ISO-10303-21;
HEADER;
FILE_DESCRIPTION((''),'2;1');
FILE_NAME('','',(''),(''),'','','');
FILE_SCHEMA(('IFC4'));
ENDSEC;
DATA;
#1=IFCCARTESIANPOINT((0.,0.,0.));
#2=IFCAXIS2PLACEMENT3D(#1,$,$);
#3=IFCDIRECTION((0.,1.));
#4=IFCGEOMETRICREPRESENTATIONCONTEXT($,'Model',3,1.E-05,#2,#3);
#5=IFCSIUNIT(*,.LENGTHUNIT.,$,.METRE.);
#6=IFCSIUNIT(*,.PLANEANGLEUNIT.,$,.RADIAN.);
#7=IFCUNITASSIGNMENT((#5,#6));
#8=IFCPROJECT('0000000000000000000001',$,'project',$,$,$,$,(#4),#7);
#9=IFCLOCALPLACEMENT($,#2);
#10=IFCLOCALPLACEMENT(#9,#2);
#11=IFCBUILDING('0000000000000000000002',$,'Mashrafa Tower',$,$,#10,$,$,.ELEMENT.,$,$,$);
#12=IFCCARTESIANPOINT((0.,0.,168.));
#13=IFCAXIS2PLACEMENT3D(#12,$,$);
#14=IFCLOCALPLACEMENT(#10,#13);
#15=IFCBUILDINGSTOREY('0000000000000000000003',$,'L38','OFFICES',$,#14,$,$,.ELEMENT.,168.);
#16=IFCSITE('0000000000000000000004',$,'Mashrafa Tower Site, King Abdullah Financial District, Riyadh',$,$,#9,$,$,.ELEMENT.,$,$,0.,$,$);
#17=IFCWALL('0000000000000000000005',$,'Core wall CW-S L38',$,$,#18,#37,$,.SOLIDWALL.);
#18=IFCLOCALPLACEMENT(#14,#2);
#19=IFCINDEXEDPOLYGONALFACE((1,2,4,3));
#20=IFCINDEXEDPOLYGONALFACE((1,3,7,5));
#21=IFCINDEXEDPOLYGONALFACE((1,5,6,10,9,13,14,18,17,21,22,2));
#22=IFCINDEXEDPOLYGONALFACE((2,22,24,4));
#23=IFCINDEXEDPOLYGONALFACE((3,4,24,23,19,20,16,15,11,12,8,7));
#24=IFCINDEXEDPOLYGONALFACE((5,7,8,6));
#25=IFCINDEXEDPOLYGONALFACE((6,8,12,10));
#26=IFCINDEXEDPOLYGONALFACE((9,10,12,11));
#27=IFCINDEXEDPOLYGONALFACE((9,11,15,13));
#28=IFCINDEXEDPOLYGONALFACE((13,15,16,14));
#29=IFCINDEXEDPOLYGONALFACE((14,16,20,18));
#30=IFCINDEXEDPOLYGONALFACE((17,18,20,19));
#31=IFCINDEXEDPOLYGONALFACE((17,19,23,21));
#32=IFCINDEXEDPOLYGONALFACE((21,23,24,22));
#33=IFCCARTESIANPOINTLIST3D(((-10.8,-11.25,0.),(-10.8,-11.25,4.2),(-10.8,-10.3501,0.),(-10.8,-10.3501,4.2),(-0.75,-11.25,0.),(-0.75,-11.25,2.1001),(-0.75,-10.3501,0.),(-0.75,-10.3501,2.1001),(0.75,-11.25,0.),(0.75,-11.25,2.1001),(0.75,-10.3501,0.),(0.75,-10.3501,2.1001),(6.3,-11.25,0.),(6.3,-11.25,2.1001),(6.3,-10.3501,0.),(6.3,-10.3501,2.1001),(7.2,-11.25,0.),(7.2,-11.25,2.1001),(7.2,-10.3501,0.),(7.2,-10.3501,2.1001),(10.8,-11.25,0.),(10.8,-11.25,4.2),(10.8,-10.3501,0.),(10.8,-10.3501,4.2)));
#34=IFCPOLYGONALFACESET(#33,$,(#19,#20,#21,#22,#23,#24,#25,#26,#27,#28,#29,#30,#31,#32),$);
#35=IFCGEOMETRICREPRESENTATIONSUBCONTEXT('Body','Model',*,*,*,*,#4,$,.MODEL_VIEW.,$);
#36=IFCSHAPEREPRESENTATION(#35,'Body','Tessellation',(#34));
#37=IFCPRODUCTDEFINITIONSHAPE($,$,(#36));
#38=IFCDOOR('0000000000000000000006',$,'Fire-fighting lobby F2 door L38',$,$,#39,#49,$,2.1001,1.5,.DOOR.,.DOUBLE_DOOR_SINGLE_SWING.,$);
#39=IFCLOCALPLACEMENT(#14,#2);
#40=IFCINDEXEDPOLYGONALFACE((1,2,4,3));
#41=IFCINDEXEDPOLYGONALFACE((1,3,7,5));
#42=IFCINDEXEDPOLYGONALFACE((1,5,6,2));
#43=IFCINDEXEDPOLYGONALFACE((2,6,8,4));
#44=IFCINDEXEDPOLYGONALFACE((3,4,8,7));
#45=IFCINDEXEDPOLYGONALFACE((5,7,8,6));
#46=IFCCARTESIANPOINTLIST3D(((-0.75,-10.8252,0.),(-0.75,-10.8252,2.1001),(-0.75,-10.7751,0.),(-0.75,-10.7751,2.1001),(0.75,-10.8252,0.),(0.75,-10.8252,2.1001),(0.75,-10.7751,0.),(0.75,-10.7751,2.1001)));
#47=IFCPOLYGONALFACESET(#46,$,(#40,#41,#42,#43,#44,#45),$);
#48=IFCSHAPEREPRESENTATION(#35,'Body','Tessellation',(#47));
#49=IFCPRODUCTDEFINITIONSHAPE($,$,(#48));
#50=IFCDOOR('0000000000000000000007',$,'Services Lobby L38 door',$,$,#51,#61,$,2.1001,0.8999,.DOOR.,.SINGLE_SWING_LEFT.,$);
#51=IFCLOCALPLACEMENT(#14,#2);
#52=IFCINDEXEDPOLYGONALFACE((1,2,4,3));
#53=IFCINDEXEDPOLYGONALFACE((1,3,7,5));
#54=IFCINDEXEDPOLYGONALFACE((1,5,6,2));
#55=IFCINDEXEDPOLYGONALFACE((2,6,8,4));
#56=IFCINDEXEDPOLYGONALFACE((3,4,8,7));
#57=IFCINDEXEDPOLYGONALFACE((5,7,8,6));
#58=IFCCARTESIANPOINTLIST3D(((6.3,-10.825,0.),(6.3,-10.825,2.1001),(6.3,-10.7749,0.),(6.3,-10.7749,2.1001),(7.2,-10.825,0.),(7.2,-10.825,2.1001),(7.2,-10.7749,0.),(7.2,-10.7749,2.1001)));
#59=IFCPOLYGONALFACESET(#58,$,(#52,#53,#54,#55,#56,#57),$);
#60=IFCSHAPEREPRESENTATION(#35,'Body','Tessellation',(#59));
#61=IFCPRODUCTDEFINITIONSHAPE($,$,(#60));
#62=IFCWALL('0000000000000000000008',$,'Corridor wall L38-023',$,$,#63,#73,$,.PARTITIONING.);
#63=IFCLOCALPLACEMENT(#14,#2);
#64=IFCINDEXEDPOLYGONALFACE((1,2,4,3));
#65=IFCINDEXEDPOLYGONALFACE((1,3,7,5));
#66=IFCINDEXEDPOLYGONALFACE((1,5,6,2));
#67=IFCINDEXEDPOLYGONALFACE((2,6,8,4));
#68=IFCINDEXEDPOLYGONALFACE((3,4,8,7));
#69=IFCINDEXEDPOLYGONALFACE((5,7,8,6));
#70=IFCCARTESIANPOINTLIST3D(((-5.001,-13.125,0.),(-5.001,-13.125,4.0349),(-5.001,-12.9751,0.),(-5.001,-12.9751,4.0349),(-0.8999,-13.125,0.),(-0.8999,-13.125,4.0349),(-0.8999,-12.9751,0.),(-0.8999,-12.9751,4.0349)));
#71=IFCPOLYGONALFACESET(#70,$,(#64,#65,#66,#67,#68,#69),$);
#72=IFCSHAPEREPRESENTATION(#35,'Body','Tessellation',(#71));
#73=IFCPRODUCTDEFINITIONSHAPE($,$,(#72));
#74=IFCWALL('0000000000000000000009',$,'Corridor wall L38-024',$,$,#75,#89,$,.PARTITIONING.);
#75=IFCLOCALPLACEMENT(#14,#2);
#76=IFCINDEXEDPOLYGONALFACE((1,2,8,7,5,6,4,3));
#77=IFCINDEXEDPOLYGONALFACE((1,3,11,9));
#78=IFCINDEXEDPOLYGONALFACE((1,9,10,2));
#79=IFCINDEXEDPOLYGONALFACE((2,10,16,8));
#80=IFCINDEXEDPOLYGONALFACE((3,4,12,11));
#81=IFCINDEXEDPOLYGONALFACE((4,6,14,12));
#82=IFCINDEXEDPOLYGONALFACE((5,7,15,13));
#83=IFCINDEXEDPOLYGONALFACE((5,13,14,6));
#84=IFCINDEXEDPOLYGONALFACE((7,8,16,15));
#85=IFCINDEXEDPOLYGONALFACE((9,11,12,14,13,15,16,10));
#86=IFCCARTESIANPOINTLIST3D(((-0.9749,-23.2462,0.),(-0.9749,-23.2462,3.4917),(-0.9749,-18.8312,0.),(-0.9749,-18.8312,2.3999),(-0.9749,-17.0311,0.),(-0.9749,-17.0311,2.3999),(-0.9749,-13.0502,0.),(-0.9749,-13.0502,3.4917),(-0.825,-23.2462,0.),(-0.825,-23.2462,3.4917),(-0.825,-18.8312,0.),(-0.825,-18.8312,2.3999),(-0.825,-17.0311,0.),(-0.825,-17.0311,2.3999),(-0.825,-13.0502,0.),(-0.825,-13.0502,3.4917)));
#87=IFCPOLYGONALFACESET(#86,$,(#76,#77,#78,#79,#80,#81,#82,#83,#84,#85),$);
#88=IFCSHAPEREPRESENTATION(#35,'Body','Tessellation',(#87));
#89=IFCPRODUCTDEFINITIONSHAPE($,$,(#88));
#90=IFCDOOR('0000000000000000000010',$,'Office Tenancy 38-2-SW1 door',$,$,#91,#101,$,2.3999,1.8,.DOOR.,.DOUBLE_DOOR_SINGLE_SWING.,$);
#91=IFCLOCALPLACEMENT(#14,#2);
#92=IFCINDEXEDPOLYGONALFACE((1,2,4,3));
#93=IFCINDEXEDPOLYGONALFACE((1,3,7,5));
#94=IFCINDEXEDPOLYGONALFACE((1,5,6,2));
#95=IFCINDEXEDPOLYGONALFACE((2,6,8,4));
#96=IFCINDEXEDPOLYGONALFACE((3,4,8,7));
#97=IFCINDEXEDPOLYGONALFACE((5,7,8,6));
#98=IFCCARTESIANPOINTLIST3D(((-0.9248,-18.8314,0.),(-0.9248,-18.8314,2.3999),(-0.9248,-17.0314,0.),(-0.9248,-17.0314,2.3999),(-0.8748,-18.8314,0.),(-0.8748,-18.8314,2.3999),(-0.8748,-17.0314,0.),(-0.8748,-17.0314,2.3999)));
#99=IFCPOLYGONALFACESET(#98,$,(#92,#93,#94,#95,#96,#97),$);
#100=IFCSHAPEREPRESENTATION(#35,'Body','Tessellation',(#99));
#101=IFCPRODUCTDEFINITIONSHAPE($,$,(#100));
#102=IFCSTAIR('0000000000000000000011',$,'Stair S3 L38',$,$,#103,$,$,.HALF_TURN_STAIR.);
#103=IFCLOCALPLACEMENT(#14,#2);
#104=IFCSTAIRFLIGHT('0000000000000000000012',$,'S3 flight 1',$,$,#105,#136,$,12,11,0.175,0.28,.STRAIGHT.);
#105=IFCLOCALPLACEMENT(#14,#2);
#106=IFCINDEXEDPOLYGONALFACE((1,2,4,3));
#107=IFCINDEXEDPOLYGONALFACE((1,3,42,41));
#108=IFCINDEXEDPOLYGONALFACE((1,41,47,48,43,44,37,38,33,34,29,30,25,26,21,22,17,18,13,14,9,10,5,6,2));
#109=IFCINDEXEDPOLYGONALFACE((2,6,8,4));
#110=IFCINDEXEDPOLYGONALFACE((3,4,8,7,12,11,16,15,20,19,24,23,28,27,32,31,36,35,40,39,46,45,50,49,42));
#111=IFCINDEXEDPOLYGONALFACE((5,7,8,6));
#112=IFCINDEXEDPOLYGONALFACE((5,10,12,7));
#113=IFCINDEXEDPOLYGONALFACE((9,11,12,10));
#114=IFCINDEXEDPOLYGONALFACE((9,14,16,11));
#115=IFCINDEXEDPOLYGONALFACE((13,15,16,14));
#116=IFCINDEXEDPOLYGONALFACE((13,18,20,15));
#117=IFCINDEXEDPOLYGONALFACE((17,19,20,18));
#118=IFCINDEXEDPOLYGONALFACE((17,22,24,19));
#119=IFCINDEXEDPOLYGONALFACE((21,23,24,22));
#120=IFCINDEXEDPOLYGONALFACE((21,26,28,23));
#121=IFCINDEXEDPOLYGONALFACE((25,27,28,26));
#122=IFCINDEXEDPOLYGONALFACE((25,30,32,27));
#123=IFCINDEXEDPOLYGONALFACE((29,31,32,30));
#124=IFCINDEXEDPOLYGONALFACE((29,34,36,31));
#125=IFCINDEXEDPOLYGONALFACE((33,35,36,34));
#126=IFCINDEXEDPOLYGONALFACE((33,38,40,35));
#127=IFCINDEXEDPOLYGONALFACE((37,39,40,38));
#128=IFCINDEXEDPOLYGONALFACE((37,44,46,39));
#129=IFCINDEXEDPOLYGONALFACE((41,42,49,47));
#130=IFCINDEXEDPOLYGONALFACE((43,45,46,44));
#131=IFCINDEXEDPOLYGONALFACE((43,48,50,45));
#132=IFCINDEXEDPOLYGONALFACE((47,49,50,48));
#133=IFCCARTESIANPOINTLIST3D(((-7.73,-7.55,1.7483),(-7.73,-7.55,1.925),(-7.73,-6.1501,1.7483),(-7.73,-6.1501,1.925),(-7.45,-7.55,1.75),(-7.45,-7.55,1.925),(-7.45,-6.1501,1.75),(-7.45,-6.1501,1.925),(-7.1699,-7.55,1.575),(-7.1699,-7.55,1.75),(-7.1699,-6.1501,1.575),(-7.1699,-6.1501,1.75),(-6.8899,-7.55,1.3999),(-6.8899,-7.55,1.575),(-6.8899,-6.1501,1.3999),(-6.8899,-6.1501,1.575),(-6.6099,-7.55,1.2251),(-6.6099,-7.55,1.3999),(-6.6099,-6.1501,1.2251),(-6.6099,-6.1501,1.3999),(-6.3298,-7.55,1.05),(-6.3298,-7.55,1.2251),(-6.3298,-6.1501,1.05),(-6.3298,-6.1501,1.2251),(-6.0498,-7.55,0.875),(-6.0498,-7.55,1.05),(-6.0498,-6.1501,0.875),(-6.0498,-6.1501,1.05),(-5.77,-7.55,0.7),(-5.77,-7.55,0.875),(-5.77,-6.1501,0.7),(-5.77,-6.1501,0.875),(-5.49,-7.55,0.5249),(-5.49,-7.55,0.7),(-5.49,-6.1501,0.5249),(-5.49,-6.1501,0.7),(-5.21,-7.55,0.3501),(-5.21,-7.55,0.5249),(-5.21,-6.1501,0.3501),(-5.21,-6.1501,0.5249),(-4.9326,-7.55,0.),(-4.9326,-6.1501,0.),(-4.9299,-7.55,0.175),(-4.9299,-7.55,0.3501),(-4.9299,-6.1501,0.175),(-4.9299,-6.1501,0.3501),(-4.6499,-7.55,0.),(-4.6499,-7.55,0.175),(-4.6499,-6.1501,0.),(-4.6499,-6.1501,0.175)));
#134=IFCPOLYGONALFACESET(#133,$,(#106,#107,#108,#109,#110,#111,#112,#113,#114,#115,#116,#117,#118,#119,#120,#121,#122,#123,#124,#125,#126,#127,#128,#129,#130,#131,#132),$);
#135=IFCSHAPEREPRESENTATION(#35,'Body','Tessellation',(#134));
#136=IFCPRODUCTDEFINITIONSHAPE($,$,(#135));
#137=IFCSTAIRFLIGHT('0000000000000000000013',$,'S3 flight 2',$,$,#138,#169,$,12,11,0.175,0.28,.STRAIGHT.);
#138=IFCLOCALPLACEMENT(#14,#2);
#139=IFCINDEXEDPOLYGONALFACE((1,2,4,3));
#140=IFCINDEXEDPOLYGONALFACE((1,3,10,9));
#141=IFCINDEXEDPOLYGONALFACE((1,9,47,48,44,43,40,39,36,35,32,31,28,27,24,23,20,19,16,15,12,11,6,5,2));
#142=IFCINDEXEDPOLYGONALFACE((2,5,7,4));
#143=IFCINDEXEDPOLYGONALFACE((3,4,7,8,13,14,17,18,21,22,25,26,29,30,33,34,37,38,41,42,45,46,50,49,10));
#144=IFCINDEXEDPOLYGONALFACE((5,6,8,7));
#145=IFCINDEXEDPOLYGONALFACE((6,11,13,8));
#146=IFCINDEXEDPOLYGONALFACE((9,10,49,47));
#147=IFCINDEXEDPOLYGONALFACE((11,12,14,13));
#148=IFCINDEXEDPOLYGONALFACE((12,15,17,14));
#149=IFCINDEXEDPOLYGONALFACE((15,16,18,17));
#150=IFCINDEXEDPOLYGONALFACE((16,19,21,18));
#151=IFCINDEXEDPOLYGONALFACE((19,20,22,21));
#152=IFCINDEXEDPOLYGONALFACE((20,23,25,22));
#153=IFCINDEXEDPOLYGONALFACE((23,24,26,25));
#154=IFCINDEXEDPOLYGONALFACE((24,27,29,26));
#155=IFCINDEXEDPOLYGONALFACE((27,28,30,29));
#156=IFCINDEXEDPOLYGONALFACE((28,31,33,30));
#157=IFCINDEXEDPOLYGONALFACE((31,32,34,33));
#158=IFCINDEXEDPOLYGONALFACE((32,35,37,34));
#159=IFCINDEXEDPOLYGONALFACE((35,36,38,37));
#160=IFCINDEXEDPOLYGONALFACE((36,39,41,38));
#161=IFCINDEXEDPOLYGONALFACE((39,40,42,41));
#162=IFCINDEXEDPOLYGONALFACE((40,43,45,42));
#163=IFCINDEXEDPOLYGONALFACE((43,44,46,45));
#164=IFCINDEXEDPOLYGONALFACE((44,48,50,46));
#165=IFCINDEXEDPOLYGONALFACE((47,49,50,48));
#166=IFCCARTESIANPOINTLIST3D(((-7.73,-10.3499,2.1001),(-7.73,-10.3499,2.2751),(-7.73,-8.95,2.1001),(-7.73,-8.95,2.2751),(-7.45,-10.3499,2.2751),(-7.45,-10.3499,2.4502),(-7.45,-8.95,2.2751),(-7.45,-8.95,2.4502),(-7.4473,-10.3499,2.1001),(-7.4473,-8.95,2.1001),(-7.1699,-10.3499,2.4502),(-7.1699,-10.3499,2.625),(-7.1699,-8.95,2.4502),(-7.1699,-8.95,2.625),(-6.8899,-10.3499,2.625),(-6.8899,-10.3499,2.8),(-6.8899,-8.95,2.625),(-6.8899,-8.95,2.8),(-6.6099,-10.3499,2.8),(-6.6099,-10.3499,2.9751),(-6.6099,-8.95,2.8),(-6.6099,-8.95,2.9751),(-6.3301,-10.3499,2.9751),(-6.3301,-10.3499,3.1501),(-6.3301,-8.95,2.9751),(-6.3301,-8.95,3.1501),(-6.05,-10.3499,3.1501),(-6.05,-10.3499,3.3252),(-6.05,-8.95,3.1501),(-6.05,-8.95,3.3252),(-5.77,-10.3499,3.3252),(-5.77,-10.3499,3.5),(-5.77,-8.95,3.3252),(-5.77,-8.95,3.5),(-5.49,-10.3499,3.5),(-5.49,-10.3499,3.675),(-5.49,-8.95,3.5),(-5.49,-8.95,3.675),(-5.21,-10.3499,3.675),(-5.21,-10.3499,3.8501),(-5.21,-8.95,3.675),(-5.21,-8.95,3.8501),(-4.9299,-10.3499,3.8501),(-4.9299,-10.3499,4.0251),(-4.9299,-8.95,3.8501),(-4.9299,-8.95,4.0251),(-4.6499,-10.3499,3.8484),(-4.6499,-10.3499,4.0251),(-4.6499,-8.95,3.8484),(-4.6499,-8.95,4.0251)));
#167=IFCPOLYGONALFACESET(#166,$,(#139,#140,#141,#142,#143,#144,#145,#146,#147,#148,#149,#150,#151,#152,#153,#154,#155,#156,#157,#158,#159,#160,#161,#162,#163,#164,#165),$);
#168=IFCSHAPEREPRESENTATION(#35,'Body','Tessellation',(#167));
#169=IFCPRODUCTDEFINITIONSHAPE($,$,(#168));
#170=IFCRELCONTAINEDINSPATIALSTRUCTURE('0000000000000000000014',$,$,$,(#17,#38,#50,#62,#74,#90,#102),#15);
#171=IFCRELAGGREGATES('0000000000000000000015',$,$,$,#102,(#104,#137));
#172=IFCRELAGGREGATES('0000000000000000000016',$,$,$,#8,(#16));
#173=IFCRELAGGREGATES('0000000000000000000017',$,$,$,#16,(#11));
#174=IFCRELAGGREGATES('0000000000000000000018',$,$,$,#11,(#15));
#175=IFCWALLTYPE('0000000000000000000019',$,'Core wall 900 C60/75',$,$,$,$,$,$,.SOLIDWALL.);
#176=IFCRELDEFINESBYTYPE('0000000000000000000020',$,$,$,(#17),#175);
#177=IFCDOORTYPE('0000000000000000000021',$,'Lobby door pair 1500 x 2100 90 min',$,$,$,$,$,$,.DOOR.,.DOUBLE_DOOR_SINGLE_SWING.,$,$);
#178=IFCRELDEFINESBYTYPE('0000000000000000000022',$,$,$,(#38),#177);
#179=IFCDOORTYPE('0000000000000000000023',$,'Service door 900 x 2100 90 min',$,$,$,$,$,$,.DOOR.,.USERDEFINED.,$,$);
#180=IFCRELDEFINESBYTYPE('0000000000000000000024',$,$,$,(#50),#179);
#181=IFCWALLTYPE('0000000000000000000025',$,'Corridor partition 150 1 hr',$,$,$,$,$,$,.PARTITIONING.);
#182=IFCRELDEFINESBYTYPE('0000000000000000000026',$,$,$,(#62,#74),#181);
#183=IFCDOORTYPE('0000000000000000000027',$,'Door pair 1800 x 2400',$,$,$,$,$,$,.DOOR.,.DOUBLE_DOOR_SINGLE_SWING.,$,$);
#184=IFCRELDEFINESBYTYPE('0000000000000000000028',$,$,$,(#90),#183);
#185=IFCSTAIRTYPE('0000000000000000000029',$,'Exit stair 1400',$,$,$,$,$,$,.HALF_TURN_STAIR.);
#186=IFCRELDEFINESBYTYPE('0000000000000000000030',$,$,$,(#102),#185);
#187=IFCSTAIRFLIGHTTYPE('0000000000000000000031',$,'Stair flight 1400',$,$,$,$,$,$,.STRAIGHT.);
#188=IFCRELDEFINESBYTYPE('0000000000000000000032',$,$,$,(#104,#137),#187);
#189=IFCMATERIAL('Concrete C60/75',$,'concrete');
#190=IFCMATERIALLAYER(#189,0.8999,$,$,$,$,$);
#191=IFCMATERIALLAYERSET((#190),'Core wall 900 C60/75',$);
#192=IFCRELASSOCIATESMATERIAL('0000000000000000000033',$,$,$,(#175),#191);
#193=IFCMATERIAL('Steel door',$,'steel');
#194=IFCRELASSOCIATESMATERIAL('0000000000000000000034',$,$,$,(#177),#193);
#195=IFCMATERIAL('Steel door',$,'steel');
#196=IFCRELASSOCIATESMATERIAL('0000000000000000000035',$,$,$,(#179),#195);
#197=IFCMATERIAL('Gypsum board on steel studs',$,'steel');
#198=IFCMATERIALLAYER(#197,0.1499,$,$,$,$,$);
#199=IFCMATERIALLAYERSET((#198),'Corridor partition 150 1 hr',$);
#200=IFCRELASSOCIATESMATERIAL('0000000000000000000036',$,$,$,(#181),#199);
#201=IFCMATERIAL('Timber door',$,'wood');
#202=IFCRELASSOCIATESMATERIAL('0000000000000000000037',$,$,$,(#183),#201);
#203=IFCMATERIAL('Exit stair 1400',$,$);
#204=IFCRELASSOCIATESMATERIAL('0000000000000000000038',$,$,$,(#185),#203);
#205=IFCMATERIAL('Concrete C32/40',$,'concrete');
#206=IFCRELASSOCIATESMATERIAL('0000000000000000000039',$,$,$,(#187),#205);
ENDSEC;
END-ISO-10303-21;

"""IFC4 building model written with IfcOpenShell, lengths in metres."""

from ifc_helpers import new_model, si_unit, direction, frame, frame_2d, origin, place, context, subcontext, project, spatial, polyline, rectangle, outline, extrude, material, layer, layer_set, type_object, element, fill, aggregate, save


model = new_model("IFC4")

# Units and contexts
model_context = context("Model", 3, precision=1e-05, world=origin(), true_north=direction((0.0, 1.0)))
body_context = subcontext(model_context, "Body", "Model", "MODEL_VIEW")
ifc_project = project(units=[si_unit("LENGTHUNIT", "METRE"), si_unit("PLANEANGLEUNIT", "RADIAN")], contexts=[model_context])

# Site, building, storey
site_placement = place(None, origin())
site = spatial("IfcSite", under=ifc_project, at=site_placement, Name="Mashrafa Tower Site, King Abdullah Financial District, Riyadh", CompositionType="ELEMENT", RefElevation=0.0)
building_placement = place(site_placement, origin())
building = spatial("IfcBuilding", under=site, at=building_placement, Name="Mashrafa Tower", CompositionType="ELEMENT")
storey_placement = place(building_placement, frame((0.0, 0.0, 168.0)))
storey = spatial("IfcBuildingStorey", under=building, at=storey_placement, Name="L38", Description="OFFICES", CompositionType="ELEMENT", Elevation=168.0)

# Wall, openings, doors
ifc_material_1 = material(Name="Concrete C60/75", Category="concrete")
ifc_layer_1 = layer(ifc_material_1, 0.8999)
ifc_layer_set_1 = layer_set([ifc_layer_1], Name="Core wall 900 C60/75")
wall_type_1 = type_object("IfcWallType", Name="Core wall 900 C60/75", PredefinedType="SOLIDWALL", material=ifc_layer_set_1)
wall_1_placement = place(storey_placement, frame((-10.8, -10.8, 0.0), z_axis=(0.0, 0.0, 1.0), x_axis=(1.0, 0.0, 0.0)))
wall_1 = element("IfcWall", 1, at=wall_1_placement, inside=storey, type_object=wall_type_1, Name="Core wall CW-S L38", PredefinedType="SOLIDWALL", context=body_context, shape_type="SweptSolid", body=[
    extrude(rectangle(XDim=21.6001, YDim=0.8999, at=frame_2d((10.8, 0.0))), origin(), (0.0, 0.0, 1.0), 4.2),
])
opening_1_placement = place(wall_1_placement, frame((10.05, 0.0, 0.0)))
opening_1 = element("IfcOpeningElement", 2, at=opening_1_placement, cuts=wall_1, PredefinedType="OPENING", context=body_context, shape_type="SweptSolid", body=[
    extrude(rectangle(XDim=1.5, YDim=2.1001, at=frame_2d((0.75, 1.05))), frame((0.0, 0.46, 0.0), z_axis=(0.0, -1.0, 0.0), x_axis=(1.0, 0.0, 0.0)), (0.0, 0.0, 1.0), 0.9199),
])
opening_2_placement = place(wall_1_placement, frame((17.1001, 0.0, 0.0)))
opening_2 = element("IfcOpeningElement", 3, at=opening_2_placement, cuts=wall_1, PredefinedType="OPENING", context=body_context, shape_type="SweptSolid", body=[
    extrude(rectangle(XDim=0.8999, YDim=2.1001, at=frame_2d((0.45, 1.05))), frame((0.0, 0.46, 0.0), z_axis=(0.0, -1.0, 0.0), x_axis=(1.0, 0.0, 0.0)), (0.0, 0.0, 1.0), 0.9199),
])
ifc_material_2 = material(Name="Steel door", Category="steel")
door_type_1 = type_object("IfcDoorType", Name="Lobby door pair 1500 x 2100 90 min", OperationType="DOUBLE_DOOR_SINGLE_SWING", PredefinedType="DOOR", material=ifc_material_2)
door_1_placement = place(opening_1_placement, origin())
door_1 = element("IfcDoor", 4, at=door_1_placement, inside=storey, type_object=door_type_1, Name="Fire-fighting lobby F2 door L38", OperationType="DOUBLE_DOOR_SINGLE_SWING", OverallHeight=2.1001, OverallWidth=1.5, PredefinedType="DOOR", context=body_context, shape_type="SweptSolid", body=[
    extrude(rectangle(XDim=1.5, YDim=2.1001, at=frame_2d((0.75, 1.05))), frame((0.0, 0.0249, 0.0), z_axis=(0.0, -1.0, 0.0), x_axis=(1.0, 0.0, 0.0)), (0.0, 0.0, 1.0), 0.05),
])
fill(opening_1, door_1)
ifc_material_3 = material(Name="Steel door", Category="steel")
door_type_2 = type_object("IfcDoorType", Name="Service door 900 x 2100 90 min", OperationType="USERDEFINED", PredefinedType="DOOR", material=ifc_material_3)
door_2_placement = place(opening_2_placement, frame((0.8999, 0.0, 0.0), z_axis=(0.0, 0.0, 1.0), x_axis=(-1.0, 0.0, 0.0)))
door_2 = element("IfcDoor", 5, at=door_2_placement, inside=storey, type_object=door_type_2, Name="Services Lobby L38 door", OperationType="SINGLE_SWING_LEFT", OverallHeight=2.1001, OverallWidth=0.8999, PredefinedType="DOOR", context=body_context, shape_type="SweptSolid", body=[
    extrude(rectangle(XDim=0.8999, YDim=2.1001, at=frame_2d((0.45, 1.05))), frame((0.0, 0.0249, 0.0), z_axis=(0.0, -1.0, 0.0), x_axis=(1.0, 0.0, 0.0)), (0.0, 0.0, 1.0), 0.05),
])
fill(opening_2, door_2)

# Wall
ifc_material_4 = material(Name="Gypsum board on steel studs", Category="steel")
ifc_layer_2 = layer(ifc_material_4, 0.1499)
ifc_layer_set_2 = layer_set([ifc_layer_2], Name="Corridor partition 150 1 hr")
wall_type_2 = type_object("IfcWallType", Name="Corridor partition 150 1 hr", PredefinedType="PARTITIONING", material=ifc_layer_set_2)
wall_2_placement = place(storey_placement, frame((-5.001, -13.05, 0.0), z_axis=(0.0, 0.0, 1.0), x_axis=(1.0, 0.0, 0.0)))
element("IfcWall", 6, at=wall_2_placement, inside=storey, type_object=wall_type_2, Name="Corridor wall L38-023", PredefinedType="PARTITIONING", context=body_context, shape_type="SweptSolid", body=[
    extrude(rectangle(XDim=4.1011, YDim=0.1499, at=frame_2d((2.0505, 0.0))), origin(), (0.0, 0.0, 1.0), 4.0349),
])

# Wall, opening, door
wall_3_placement = place(storey_placement, frame((-0.8999, -13.05, 0.0), z_axis=(0.0, 0.0, 1.0), x_axis=(0.0, -1.0, 0.0)))
wall_3 = element("IfcWall", 7, at=wall_3_placement, inside=storey, type_object=wall_type_2, Name="Corridor wall L38-024", PredefinedType="PARTITIONING", context=body_context, shape_type="SweptSolid", body=[
    extrude(rectangle(XDim=10.196, YDim=0.1499, at=frame_2d((5.0981, 0.0))), origin(), (0.0, 0.0, 1.0), 3.4917),
])
opening_3_placement = place(wall_3_placement, frame((3.9812, 0.0, 0.0)))
opening_3 = element("IfcOpeningElement", 8, at=opening_3_placement, cuts=wall_3, PredefinedType="OPENING", context=body_context, shape_type="SweptSolid", body=[
    extrude(rectangle(XDim=1.8, YDim=2.3999, at=frame_2d((0.8999, 1.2))), frame((0.0, 0.085, 0.0), z_axis=(0.0, -1.0, 0.0), x_axis=(1.0, 0.0, 0.0)), (0.0, 0.0, 1.0), 0.1699),
])
ifc_material_5 = material(Name="Timber door", Category="wood")
door_type_3 = type_object("IfcDoorType", Name="Door pair 1800 x 2400", OperationType="DOUBLE_DOOR_SINGLE_SWING", PredefinedType="DOOR", material=ifc_material_5)
door_3_placement = place(opening_3_placement, frame((1.8, 0.0, 0.0), z_axis=(0.0, 0.0, 1.0), x_axis=(-1.0, 0.0, 0.0)))
door_3 = element("IfcDoor", 9, at=door_3_placement, inside=storey, type_object=door_type_3, Name="Office Tenancy 38-2-SW1 door", OperationType="DOUBLE_DOOR_SINGLE_SWING", OverallHeight=2.3999, OverallWidth=1.8, PredefinedType="DOOR", context=body_context, shape_type="SweptSolid", body=[
    extrude(rectangle(XDim=1.8, YDim=2.3999, at=frame_2d((0.8999, 1.2))), frame((0.0, 0.0249, 0.0), z_axis=(0.0, -1.0, 0.0), x_axis=(1.0, 0.0, 0.0)), (0.0, 0.0, 1.0), 0.05),
])
fill(opening_3, door_3)

# Stair, stair flights
ifc_material_6 = material(Name="Exit stair 1400")
stair_type = type_object("IfcStairType", Name="Exit stair 1400", PredefinedType="HALF_TURN_STAIR", material=ifc_material_6)
stair_placement = place(storey_placement, origin())
stair = element("IfcStair", 10, at=stair_placement, inside=storey, type_object=stair_type, Name="Stair S3 L38", PredefinedType="HALF_TURN_STAIR")
ifc_material_7 = material(Name="Concrete C32/40", Category="concrete")
stair_flight_type = type_object("IfcStairFlightType", Name="Stair flight 1400", PredefinedType="STRAIGHT", material=ifc_material_7)
stair_flight_1_placement = place(storey_placement, frame((-4.6499, -6.8501, 0.0), z_axis=(0.0, 0.0, 1.0), x_axis=(-1.0, 0.0, 0.0)))
stair_flight_1 = element("IfcStairFlight", 11, at=stair_flight_1_placement, type_object=stair_flight_type, Name="S3 flight 1", NumberOfRisers=12, NumberOfTreads=11, PredefinedType="STRAIGHT", RiserHeight=0.175, TreadLength=0.28, context=body_context, shape_type="SweptSolid", body=[
    extrude(outline(polyline([(0.0, 0.0), (0.0, 0.175), (0.28, 0.175), (0.28, 0.3501), (0.5601, 0.3501), (0.5601, 0.5249), (0.8401, 0.5249), (0.8401, 0.7), (1.1201, 0.7), (1.1201, 0.875), (1.3999, 0.875), (1.3999, 1.05), (1.6799, 1.05), (1.6799, 1.2251), (1.96, 1.2251), (1.96, 1.3999), (2.24, 1.3999), (2.24, 1.575), (2.52, 1.575), (2.52, 1.75), (2.8, 1.75), (2.8, 1.925), (3.0801, 1.925), (3.0801, 2.1001), (3.0801, 1.7483), (0.2827, 0.0), (0.0, 0.0)])), frame((0.0, 0.7, 0.0), z_axis=(0.0, -1.0, 0.0), x_axis=(1.0, 0.0, 0.0)), (0.0, 0.0, 1.0), 1.3999),
])
stair_flight_2_placement = place(storey_placement, frame((-7.73, -9.6499, 2.1001), z_axis=(0.0, 0.0, 1.0), x_axis=(1.0, 0.0, 0.0)))
stair_flight_2 = element("IfcStairFlight", 12, at=stair_flight_2_placement, type_object=stair_flight_type, Name="S3 flight 2", NumberOfRisers=12, NumberOfTreads=11, PredefinedType="STRAIGHT", RiserHeight=0.175, TreadLength=0.28, context=body_context, shape_type="SweptSolid", body=[
    extrude(outline(polyline([(0.0, 0.0), (0.0, 0.175), (0.28, 0.175), (0.28, 0.3501), (0.5601, 0.3501), (0.5601, 0.5249), (0.8401, 0.5249), (0.8401, 0.7), (1.1201, 0.7), (1.1201, 0.875), (1.3999, 0.875), (1.3999, 1.05), (1.6799, 1.05), (1.6799, 1.2251), (1.96, 1.2251), (1.96, 1.3999), (2.24, 1.3999), (2.24, 1.575), (2.52, 1.575), (2.52, 1.75), (2.8, 1.75), (2.8, 1.925), (3.0801, 1.925), (3.0801, 2.1001), (3.0801, 1.7483), (0.2827, 0.0), (0.0, 0.0)])), frame((0.0, 0.7, 0.0), z_axis=(0.0, -1.0, 0.0), x_axis=(1.0, 0.0, 0.0)), (0.0, 0.0, 1.0), 1.3999),
])
aggregate(stair, [stair_flight_1, stair_flight_2])

save(model, "model.ifc")
